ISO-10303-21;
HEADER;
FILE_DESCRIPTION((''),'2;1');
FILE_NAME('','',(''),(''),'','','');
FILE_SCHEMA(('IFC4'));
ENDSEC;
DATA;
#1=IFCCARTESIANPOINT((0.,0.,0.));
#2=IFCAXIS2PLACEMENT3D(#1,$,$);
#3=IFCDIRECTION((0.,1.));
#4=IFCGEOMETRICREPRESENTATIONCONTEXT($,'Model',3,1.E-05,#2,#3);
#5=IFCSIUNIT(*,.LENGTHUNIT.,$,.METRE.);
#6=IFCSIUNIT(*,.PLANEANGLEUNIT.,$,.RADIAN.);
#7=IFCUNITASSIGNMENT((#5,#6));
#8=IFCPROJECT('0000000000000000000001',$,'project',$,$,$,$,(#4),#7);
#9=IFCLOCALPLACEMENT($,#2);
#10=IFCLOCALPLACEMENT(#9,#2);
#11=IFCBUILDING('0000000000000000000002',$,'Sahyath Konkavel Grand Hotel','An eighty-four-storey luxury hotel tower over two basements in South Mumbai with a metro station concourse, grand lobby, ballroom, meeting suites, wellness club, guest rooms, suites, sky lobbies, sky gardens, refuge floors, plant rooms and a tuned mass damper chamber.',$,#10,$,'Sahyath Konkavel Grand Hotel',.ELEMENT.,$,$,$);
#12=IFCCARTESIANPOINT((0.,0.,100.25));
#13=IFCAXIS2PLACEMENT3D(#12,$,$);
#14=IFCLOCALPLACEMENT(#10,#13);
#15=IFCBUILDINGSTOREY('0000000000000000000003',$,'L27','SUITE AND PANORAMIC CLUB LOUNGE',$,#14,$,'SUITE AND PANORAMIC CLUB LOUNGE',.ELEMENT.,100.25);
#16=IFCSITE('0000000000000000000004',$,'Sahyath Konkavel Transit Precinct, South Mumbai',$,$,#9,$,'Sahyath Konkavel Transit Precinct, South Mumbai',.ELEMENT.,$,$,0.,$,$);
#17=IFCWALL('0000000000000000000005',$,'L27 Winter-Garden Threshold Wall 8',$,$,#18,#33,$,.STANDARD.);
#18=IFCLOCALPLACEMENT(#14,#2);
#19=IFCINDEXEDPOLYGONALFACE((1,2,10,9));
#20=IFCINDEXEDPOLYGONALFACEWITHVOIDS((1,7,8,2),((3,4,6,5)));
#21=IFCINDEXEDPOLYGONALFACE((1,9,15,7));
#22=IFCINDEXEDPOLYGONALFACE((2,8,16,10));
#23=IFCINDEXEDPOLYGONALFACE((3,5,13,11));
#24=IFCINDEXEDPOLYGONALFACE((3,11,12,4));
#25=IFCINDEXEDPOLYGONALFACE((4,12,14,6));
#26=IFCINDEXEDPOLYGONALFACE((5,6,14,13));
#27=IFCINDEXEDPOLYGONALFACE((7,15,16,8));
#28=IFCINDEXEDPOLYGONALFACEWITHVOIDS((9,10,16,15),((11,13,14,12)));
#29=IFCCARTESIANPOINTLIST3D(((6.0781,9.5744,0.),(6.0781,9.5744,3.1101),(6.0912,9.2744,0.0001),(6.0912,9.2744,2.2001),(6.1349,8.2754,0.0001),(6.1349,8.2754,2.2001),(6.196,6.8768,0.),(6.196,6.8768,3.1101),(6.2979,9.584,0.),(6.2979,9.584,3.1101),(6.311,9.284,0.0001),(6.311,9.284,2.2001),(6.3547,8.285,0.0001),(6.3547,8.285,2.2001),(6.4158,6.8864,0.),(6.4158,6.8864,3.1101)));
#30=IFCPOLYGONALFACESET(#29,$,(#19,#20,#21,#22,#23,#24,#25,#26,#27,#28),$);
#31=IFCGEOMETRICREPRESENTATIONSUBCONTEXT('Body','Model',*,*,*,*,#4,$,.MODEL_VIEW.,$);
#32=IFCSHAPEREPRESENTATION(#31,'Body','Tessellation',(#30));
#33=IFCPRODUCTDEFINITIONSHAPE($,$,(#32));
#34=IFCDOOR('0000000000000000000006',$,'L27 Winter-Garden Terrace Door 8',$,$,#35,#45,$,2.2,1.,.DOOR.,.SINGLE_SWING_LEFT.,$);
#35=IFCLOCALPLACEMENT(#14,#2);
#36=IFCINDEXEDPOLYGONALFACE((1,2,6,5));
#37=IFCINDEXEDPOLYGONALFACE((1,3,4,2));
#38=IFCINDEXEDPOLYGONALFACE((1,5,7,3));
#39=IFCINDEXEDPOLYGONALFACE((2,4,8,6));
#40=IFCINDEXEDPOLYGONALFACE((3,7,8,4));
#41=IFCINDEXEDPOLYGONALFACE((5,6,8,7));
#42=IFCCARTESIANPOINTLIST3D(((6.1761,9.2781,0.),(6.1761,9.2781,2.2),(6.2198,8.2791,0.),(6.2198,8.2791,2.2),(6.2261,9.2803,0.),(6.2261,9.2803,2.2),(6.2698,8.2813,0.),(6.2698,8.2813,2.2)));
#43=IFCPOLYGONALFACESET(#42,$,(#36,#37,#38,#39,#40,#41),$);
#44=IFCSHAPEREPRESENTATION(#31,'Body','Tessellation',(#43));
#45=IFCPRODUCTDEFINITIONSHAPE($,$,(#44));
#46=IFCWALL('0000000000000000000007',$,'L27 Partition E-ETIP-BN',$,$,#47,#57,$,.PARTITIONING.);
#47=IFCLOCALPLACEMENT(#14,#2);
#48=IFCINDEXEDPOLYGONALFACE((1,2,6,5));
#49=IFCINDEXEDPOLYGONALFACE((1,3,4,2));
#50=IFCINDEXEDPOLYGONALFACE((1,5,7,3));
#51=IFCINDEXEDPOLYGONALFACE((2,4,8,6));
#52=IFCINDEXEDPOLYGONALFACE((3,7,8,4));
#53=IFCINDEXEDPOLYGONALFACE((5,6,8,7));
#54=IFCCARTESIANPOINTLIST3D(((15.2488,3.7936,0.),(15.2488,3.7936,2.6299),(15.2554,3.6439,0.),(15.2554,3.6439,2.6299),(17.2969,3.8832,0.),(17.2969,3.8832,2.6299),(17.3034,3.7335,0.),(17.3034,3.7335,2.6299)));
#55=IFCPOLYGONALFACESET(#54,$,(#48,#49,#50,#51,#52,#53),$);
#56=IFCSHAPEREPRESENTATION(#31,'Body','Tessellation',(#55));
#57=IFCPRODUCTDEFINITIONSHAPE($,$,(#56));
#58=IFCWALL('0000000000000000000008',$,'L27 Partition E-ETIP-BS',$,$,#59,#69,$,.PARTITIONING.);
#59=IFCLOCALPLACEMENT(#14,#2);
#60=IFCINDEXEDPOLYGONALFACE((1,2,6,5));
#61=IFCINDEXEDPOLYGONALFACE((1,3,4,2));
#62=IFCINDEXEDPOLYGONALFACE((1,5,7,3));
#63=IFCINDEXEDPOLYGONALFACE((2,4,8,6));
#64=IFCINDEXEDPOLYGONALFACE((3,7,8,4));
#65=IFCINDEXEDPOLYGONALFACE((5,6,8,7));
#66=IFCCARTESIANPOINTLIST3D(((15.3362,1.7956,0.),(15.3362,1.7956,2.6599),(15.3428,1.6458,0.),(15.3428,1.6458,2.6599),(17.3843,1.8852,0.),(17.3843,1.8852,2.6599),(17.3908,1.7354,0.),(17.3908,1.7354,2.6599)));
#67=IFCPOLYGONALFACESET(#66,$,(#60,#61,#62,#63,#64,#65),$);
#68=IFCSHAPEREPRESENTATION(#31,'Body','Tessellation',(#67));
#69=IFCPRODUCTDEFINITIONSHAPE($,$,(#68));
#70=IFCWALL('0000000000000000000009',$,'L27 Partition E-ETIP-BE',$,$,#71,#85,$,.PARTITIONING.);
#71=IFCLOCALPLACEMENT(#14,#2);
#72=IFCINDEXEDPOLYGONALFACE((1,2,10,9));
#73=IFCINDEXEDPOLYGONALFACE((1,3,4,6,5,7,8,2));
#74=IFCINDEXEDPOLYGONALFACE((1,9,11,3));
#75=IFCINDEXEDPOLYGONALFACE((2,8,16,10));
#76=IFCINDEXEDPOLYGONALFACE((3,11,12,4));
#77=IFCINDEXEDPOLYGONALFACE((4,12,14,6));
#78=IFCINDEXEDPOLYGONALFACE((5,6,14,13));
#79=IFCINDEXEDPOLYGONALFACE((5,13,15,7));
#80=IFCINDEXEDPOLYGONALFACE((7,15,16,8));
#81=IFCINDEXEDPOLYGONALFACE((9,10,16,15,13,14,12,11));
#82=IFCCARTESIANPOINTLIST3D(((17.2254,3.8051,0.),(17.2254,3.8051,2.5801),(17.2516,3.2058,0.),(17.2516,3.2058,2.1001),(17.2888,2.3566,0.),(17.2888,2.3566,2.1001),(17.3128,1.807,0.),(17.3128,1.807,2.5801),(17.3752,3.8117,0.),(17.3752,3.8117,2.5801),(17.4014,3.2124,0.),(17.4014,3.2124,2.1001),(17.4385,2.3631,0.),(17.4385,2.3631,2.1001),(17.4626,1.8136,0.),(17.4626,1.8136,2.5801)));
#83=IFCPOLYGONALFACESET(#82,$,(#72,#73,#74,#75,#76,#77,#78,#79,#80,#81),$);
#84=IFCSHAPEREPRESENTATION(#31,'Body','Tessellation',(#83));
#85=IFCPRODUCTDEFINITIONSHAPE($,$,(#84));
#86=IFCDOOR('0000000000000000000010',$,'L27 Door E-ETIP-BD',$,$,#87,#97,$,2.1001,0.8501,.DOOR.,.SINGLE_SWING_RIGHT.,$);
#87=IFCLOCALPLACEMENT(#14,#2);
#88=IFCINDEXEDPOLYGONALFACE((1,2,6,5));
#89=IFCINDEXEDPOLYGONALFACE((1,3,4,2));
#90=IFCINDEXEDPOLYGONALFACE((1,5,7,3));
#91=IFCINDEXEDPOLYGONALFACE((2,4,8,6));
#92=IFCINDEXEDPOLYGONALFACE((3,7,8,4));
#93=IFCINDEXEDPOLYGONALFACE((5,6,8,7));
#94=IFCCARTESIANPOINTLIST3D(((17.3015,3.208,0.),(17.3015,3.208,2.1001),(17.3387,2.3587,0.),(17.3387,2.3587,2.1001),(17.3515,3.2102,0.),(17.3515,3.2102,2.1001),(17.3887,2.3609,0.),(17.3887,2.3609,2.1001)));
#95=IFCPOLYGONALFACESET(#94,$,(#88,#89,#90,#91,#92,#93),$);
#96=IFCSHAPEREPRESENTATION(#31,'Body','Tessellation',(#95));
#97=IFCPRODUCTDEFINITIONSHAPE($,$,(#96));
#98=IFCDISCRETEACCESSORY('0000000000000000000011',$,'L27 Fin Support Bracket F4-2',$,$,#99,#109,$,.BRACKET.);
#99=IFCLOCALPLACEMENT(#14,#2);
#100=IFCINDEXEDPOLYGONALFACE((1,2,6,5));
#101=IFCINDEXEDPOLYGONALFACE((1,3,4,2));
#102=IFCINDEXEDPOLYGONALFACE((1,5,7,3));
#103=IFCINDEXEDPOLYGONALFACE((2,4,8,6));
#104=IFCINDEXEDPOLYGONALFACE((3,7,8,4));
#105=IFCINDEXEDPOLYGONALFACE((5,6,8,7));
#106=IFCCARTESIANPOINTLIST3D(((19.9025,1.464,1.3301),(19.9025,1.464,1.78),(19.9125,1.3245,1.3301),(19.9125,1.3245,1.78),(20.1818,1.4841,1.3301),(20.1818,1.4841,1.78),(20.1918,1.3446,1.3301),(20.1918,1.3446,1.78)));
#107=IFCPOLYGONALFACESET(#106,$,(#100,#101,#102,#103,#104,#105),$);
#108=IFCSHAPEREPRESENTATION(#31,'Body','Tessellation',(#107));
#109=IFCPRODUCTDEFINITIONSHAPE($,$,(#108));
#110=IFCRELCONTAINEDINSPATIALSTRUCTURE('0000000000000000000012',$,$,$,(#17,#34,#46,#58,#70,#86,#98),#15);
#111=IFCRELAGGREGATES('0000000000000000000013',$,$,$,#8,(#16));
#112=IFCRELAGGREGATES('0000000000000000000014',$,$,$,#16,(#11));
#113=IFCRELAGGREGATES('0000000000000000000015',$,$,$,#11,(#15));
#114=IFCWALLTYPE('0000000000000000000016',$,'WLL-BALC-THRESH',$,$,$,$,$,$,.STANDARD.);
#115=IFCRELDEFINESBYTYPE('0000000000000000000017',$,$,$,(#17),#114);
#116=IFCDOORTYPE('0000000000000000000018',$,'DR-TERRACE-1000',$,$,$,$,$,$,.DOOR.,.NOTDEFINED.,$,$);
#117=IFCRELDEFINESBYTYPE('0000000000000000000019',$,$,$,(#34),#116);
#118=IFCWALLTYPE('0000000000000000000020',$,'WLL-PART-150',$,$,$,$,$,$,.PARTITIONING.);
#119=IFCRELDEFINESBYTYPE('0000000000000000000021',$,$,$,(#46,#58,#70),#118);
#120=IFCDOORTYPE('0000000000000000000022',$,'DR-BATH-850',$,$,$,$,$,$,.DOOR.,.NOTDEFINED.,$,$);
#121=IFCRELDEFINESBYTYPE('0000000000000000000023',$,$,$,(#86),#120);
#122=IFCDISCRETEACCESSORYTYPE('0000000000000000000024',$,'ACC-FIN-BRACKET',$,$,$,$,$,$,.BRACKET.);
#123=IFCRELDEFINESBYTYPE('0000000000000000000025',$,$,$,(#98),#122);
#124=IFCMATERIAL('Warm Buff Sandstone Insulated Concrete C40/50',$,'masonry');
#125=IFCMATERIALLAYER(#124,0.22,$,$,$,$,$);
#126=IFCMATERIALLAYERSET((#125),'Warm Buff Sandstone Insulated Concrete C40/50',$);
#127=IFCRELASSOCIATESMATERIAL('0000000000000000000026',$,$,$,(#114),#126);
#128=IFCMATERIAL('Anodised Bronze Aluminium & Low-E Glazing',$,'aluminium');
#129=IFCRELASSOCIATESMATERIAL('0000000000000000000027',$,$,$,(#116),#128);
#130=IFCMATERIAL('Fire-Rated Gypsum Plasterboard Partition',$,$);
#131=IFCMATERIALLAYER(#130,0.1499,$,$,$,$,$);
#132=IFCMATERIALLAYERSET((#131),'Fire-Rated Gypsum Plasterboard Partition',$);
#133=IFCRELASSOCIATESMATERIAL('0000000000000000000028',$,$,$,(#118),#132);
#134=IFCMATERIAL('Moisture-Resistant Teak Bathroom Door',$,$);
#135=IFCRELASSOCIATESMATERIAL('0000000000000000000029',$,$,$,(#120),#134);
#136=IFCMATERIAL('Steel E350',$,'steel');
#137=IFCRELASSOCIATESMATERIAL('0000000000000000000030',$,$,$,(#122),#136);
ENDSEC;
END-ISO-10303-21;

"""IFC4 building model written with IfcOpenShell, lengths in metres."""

from ifc_helpers import new_model, si_unit, direction, frame, frame_2d, origin, origin_2d, place, context, subcontext, project, spatial, rectangle, extrude, source, transform, mapped, material, layer, layer_set, type_object, element, fill, save


model = new_model("IFC4")

# Units and contexts
model_context = context("Model", 3, precision=1e-05, world=origin(), true_north=direction((0.0, 1.0)))
body_context = subcontext(model_context, "Body", "Model", "MODEL_VIEW")
ifc_project = project(units=[si_unit("LENGTHUNIT", "METRE"), si_unit("PLANEANGLEUNIT", "RADIAN")], contexts=[model_context])

# Site, building, storey
site_placement = place(None, origin())
site = spatial("IfcSite", under=ifc_project, at=site_placement, Name="Sahyath Konkavel Transit Precinct, South Mumbai", LongName="Sahyath Konkavel Transit Precinct, South Mumbai", CompositionType="ELEMENT", RefElevation=0.0)
building_placement = place(site_placement, origin())
building = spatial("IfcBuilding", under=site, at=building_placement, Name="Sahyath Konkavel Grand Hotel", Description="An eighty-four-storey luxury hotel tower over two basements in South Mumbai with a metro station concourse, grand lobby, ballroom, meeting suites, wellness club, guest rooms, suites, sky lobbies, sky gardens, refuge floors, plant rooms and a tuned mass damper chamber.", LongName="Sahyath Konkavel Grand Hotel", CompositionType="ELEMENT")
storey_placement = place(building_placement, frame((0.0, 0.0, 100.25)))
storey = spatial("IfcBuildingStorey", under=building, at=storey_placement, Name="L27", Description="SUITE AND PANORAMIC CLUB LOUNGE", LongName="SUITE AND PANORAMIC CLUB LOUNGE", CompositionType="ELEMENT", Elevation=100.25)

# Shared definitions
ifc_material_1 = material(Name="Steel E350", Category="steel")

# Shared definitions
ifc_material_2 = material(Name="Anodised Bronze Aluminium & Low-E Glazing", Category="aluminium")

# Shared definitions
ifc_material_3 = material(Name="Warm Buff Sandstone Insulated Concrete C40/50", Category="masonry")
ifc_layer_1 = layer(ifc_material_3, 0.22)
ifc_layer_set_1 = layer_set([ifc_layer_1], Name="Warm Buff Sandstone Insulated Concrete C40/50")
wall_type_1 = type_object("IfcWallType", Name="WLL-BALC-THRESH", PredefinedType="STANDARD", material=ifc_layer_set_1)

# Wall, opening, door
wall_1_placement = place(storey_placement, frame((6.3059, 6.8816, 0.0), z_axis=(0.0, 0.0, 1.0), x_axis=(-0.043673, 0.999046, 0.0)))
wall_1 = element("IfcWall", 1, at=wall_1_placement, inside=storey, type_object=wall_type_1, Name="L27 Winter-Garden Threshold Wall 8", PredefinedType="STANDARD", context=body_context, shape_type="SweptSolid", body=[
    extrude(rectangle(XDim=2.7002, YDim=0.22, at=frame_2d((1.3501, 0.0))), origin(), (0.0, 0.0, 1.0), 3.1101),
])
opening_1_placement = place(wall_1_placement, frame((1.3999, 0.0, 0.0)))
opening_1 = element("IfcOpeningElement", 2, at=opening_1_placement, cuts=wall_1, PredefinedType="OPENING", context=body_context, shape_type="SweptSolid", body=[
    extrude(rectangle(XDim=1.0, YDim=2.2, at=frame_2d((0.5, 1.1001))), frame((0.0, 0.1201, 0.0), z_axis=(0.0, -1.0, 0.0), x_axis=(1.0, 0.0, 0.0)), (0.0, 0.0, 1.0), 0.24),
])
door_type_1 = type_object("IfcDoorType", Name="DR-TERRACE-1000", OperationType="NOTDEFINED", PredefinedType="DOOR", material=ifc_material_2)
shared_shape_1 = source(origin(), body_context, "Body", "SweptSolid", [
    extrude(rectangle(XDim=1.0, YDim=0.05, at=origin_2d()), origin(), (0.0, 0.0, 1.0), 2.2),
])
door_1_placement = place(opening_1_placement, frame((0.5, 0.0, 0.0)))
door_1 = element("IfcDoor", 3, at=door_1_placement, inside=storey, type_object=door_type_1, Name="L27 Winter-Garden Terrace Door 8", OperationType="SINGLE_SWING_LEFT", OverallHeight=2.2, OverallWidth=1.0, PredefinedType="DOOR", context=body_context, shape_type="MappedRepresentation", body=[
    mapped(shared_shape_1, transform((0.0, 0.0, 0.0), scale=1.0)),
])
fill(opening_1, door_1)

# Walls
ifc_material_4 = material(Name="Fire-Rated Gypsum Plasterboard Partition")
ifc_layer_2 = layer(ifc_material_4, 0.1499)
ifc_layer_set_2 = layer_set([ifc_layer_2], Name="Fire-Rated Gypsum Plasterboard Partition")
wall_type_2 = type_object("IfcWallType", Name="WLL-PART-150", PredefinedType="PARTITIONING", material=ifc_layer_set_2)
wall_2_placement = place(storey_placement, frame((15.2522, 3.7188, 0.0), z_axis=(0.0, 0.0, 1.0), x_axis=(0.999044, 0.043706, 0.0)))
element("IfcWall", 4, at=wall_2_placement, inside=storey, type_object=wall_type_2, Name="L27 Partition E-ETIP-BN", PredefinedType="PARTITIONING", context=body_context, shape_type="SweptSolid", body=[
    extrude(rectangle(XDim=2.05, YDim=0.1499, at=frame_2d((1.0249, 0.0))), origin(), (0.0, 0.0, 1.0), 2.6299),
])
wall_3_placement = place(storey_placement, frame((15.3396, 1.7207, 0.0), z_axis=(0.0, 0.0, 1.0), x_axis=(0.999044, 0.043706, 0.0)))
element("IfcWall", 5, at=wall_3_placement, inside=storey, type_object=wall_type_2, Name="L27 Partition E-ETIP-BS", PredefinedType="PARTITIONING", context=body_context, shape_type="SweptSolid", body=[
    extrude(rectangle(XDim=2.05, YDim=0.1499, at=frame_2d((1.0249, 0.0))), origin(), (0.0, 0.0, 1.0), 2.6599),
])

# Wall, opening, door
wall_4_placement = place(storey_placement, frame((17.3877, 1.8103, 0.0), z_axis=(0.0, 0.0, 1.0), x_axis=(-0.043702, 0.999045, 0.0)))
wall_4 = element("IfcWall", 6, at=wall_4_placement, inside=storey, type_object=wall_type_2, Name="L27 Partition E-ETIP-BE", PredefinedType="PARTITIONING", context=body_context, shape_type="SweptSolid", body=[
    extrude(rectangle(XDim=2.0, YDim=0.1499, at=frame_2d((1.0, 0.0))), origin(), (0.0, 0.0, 1.0), 2.5801),
])
opening_2_placement = place(wall_4_placement, frame((0.55, 0.0, 0.0)))
opening_2 = element("IfcOpeningElement", 7, at=opening_2_placement, cuts=wall_4, PredefinedType="OPENING", context=body_context, shape_type="SweptSolid", body=[
    extrude(rectangle(XDim=0.8501, YDim=2.1001, at=frame_2d((0.425, 1.05))), frame((0.0, 0.085, 0.0), z_axis=(0.0, -1.0, 0.0), x_axis=(1.0, 0.0, 0.0)), (0.0, 0.0, 1.0), 0.1699),
])
ifc_material_5 = material(Name="Moisture-Resistant Teak Bathroom Door")
door_type_2 = type_object("IfcDoorType", Name="DR-BATH-850", OperationType="NOTDEFINED", PredefinedType="DOOR", material=ifc_material_5)
shared_shape_2 = source(origin(), body_context, "Body", "SweptSolid", [
    extrude(rectangle(XDim=0.8501, YDim=0.05, at=origin_2d()), origin(), (0.0, 0.0, 1.0), 2.1001),
])
door_2_placement = place(opening_2_placement, frame((0.425, 0.0, 0.0)))
door_2 = element("IfcDoor", 8, at=door_2_placement, inside=storey, type_object=door_type_2, Name="L27 Door E-ETIP-BD", OperationType="SINGLE_SWING_RIGHT", OverallHeight=2.1001, OverallWidth=0.8501, PredefinedType="DOOR", context=body_context, shape_type="MappedRepresentation", body=[
    mapped(shared_shape_2, transform((0.0, 0.0, 0.0), scale=1.0)),
])
fill(opening_2, door_2)

# Discrete accessory
discrete_accessory_type = type_object("IfcDiscreteAccessoryType", Name="ACC-FIN-BRACKET", PredefinedType="BRACKET", material=ifc_material_1)
shared_shape_3 = source(origin(), body_context, "Body", "SweptSolid", [
    extrude(rectangle(XDim=0.28, YDim=0.1399, at=origin_2d()), origin(), (0.0, 0.0, 1.0), 0.45),
])
discrete_accessory_placement = place(storey_placement, frame((20.0471, 1.4043, 1.3301), z_axis=(0.0, 0.0, 1.0), x_axis=(0.997436, 0.071567, 0.0)))
element("IfcDiscreteAccessory", 9, at=discrete_accessory_placement, inside=storey, type_object=discrete_accessory_type, Name="L27 Fin Support Bracket F4-2", PredefinedType="BRACKET", context=body_context, shape_type="MappedRepresentation", body=[
    mapped(shared_shape_3, transform((0.0, 0.0, 0.0), scale=1.0)),
])

save(model, "model.ifc")
